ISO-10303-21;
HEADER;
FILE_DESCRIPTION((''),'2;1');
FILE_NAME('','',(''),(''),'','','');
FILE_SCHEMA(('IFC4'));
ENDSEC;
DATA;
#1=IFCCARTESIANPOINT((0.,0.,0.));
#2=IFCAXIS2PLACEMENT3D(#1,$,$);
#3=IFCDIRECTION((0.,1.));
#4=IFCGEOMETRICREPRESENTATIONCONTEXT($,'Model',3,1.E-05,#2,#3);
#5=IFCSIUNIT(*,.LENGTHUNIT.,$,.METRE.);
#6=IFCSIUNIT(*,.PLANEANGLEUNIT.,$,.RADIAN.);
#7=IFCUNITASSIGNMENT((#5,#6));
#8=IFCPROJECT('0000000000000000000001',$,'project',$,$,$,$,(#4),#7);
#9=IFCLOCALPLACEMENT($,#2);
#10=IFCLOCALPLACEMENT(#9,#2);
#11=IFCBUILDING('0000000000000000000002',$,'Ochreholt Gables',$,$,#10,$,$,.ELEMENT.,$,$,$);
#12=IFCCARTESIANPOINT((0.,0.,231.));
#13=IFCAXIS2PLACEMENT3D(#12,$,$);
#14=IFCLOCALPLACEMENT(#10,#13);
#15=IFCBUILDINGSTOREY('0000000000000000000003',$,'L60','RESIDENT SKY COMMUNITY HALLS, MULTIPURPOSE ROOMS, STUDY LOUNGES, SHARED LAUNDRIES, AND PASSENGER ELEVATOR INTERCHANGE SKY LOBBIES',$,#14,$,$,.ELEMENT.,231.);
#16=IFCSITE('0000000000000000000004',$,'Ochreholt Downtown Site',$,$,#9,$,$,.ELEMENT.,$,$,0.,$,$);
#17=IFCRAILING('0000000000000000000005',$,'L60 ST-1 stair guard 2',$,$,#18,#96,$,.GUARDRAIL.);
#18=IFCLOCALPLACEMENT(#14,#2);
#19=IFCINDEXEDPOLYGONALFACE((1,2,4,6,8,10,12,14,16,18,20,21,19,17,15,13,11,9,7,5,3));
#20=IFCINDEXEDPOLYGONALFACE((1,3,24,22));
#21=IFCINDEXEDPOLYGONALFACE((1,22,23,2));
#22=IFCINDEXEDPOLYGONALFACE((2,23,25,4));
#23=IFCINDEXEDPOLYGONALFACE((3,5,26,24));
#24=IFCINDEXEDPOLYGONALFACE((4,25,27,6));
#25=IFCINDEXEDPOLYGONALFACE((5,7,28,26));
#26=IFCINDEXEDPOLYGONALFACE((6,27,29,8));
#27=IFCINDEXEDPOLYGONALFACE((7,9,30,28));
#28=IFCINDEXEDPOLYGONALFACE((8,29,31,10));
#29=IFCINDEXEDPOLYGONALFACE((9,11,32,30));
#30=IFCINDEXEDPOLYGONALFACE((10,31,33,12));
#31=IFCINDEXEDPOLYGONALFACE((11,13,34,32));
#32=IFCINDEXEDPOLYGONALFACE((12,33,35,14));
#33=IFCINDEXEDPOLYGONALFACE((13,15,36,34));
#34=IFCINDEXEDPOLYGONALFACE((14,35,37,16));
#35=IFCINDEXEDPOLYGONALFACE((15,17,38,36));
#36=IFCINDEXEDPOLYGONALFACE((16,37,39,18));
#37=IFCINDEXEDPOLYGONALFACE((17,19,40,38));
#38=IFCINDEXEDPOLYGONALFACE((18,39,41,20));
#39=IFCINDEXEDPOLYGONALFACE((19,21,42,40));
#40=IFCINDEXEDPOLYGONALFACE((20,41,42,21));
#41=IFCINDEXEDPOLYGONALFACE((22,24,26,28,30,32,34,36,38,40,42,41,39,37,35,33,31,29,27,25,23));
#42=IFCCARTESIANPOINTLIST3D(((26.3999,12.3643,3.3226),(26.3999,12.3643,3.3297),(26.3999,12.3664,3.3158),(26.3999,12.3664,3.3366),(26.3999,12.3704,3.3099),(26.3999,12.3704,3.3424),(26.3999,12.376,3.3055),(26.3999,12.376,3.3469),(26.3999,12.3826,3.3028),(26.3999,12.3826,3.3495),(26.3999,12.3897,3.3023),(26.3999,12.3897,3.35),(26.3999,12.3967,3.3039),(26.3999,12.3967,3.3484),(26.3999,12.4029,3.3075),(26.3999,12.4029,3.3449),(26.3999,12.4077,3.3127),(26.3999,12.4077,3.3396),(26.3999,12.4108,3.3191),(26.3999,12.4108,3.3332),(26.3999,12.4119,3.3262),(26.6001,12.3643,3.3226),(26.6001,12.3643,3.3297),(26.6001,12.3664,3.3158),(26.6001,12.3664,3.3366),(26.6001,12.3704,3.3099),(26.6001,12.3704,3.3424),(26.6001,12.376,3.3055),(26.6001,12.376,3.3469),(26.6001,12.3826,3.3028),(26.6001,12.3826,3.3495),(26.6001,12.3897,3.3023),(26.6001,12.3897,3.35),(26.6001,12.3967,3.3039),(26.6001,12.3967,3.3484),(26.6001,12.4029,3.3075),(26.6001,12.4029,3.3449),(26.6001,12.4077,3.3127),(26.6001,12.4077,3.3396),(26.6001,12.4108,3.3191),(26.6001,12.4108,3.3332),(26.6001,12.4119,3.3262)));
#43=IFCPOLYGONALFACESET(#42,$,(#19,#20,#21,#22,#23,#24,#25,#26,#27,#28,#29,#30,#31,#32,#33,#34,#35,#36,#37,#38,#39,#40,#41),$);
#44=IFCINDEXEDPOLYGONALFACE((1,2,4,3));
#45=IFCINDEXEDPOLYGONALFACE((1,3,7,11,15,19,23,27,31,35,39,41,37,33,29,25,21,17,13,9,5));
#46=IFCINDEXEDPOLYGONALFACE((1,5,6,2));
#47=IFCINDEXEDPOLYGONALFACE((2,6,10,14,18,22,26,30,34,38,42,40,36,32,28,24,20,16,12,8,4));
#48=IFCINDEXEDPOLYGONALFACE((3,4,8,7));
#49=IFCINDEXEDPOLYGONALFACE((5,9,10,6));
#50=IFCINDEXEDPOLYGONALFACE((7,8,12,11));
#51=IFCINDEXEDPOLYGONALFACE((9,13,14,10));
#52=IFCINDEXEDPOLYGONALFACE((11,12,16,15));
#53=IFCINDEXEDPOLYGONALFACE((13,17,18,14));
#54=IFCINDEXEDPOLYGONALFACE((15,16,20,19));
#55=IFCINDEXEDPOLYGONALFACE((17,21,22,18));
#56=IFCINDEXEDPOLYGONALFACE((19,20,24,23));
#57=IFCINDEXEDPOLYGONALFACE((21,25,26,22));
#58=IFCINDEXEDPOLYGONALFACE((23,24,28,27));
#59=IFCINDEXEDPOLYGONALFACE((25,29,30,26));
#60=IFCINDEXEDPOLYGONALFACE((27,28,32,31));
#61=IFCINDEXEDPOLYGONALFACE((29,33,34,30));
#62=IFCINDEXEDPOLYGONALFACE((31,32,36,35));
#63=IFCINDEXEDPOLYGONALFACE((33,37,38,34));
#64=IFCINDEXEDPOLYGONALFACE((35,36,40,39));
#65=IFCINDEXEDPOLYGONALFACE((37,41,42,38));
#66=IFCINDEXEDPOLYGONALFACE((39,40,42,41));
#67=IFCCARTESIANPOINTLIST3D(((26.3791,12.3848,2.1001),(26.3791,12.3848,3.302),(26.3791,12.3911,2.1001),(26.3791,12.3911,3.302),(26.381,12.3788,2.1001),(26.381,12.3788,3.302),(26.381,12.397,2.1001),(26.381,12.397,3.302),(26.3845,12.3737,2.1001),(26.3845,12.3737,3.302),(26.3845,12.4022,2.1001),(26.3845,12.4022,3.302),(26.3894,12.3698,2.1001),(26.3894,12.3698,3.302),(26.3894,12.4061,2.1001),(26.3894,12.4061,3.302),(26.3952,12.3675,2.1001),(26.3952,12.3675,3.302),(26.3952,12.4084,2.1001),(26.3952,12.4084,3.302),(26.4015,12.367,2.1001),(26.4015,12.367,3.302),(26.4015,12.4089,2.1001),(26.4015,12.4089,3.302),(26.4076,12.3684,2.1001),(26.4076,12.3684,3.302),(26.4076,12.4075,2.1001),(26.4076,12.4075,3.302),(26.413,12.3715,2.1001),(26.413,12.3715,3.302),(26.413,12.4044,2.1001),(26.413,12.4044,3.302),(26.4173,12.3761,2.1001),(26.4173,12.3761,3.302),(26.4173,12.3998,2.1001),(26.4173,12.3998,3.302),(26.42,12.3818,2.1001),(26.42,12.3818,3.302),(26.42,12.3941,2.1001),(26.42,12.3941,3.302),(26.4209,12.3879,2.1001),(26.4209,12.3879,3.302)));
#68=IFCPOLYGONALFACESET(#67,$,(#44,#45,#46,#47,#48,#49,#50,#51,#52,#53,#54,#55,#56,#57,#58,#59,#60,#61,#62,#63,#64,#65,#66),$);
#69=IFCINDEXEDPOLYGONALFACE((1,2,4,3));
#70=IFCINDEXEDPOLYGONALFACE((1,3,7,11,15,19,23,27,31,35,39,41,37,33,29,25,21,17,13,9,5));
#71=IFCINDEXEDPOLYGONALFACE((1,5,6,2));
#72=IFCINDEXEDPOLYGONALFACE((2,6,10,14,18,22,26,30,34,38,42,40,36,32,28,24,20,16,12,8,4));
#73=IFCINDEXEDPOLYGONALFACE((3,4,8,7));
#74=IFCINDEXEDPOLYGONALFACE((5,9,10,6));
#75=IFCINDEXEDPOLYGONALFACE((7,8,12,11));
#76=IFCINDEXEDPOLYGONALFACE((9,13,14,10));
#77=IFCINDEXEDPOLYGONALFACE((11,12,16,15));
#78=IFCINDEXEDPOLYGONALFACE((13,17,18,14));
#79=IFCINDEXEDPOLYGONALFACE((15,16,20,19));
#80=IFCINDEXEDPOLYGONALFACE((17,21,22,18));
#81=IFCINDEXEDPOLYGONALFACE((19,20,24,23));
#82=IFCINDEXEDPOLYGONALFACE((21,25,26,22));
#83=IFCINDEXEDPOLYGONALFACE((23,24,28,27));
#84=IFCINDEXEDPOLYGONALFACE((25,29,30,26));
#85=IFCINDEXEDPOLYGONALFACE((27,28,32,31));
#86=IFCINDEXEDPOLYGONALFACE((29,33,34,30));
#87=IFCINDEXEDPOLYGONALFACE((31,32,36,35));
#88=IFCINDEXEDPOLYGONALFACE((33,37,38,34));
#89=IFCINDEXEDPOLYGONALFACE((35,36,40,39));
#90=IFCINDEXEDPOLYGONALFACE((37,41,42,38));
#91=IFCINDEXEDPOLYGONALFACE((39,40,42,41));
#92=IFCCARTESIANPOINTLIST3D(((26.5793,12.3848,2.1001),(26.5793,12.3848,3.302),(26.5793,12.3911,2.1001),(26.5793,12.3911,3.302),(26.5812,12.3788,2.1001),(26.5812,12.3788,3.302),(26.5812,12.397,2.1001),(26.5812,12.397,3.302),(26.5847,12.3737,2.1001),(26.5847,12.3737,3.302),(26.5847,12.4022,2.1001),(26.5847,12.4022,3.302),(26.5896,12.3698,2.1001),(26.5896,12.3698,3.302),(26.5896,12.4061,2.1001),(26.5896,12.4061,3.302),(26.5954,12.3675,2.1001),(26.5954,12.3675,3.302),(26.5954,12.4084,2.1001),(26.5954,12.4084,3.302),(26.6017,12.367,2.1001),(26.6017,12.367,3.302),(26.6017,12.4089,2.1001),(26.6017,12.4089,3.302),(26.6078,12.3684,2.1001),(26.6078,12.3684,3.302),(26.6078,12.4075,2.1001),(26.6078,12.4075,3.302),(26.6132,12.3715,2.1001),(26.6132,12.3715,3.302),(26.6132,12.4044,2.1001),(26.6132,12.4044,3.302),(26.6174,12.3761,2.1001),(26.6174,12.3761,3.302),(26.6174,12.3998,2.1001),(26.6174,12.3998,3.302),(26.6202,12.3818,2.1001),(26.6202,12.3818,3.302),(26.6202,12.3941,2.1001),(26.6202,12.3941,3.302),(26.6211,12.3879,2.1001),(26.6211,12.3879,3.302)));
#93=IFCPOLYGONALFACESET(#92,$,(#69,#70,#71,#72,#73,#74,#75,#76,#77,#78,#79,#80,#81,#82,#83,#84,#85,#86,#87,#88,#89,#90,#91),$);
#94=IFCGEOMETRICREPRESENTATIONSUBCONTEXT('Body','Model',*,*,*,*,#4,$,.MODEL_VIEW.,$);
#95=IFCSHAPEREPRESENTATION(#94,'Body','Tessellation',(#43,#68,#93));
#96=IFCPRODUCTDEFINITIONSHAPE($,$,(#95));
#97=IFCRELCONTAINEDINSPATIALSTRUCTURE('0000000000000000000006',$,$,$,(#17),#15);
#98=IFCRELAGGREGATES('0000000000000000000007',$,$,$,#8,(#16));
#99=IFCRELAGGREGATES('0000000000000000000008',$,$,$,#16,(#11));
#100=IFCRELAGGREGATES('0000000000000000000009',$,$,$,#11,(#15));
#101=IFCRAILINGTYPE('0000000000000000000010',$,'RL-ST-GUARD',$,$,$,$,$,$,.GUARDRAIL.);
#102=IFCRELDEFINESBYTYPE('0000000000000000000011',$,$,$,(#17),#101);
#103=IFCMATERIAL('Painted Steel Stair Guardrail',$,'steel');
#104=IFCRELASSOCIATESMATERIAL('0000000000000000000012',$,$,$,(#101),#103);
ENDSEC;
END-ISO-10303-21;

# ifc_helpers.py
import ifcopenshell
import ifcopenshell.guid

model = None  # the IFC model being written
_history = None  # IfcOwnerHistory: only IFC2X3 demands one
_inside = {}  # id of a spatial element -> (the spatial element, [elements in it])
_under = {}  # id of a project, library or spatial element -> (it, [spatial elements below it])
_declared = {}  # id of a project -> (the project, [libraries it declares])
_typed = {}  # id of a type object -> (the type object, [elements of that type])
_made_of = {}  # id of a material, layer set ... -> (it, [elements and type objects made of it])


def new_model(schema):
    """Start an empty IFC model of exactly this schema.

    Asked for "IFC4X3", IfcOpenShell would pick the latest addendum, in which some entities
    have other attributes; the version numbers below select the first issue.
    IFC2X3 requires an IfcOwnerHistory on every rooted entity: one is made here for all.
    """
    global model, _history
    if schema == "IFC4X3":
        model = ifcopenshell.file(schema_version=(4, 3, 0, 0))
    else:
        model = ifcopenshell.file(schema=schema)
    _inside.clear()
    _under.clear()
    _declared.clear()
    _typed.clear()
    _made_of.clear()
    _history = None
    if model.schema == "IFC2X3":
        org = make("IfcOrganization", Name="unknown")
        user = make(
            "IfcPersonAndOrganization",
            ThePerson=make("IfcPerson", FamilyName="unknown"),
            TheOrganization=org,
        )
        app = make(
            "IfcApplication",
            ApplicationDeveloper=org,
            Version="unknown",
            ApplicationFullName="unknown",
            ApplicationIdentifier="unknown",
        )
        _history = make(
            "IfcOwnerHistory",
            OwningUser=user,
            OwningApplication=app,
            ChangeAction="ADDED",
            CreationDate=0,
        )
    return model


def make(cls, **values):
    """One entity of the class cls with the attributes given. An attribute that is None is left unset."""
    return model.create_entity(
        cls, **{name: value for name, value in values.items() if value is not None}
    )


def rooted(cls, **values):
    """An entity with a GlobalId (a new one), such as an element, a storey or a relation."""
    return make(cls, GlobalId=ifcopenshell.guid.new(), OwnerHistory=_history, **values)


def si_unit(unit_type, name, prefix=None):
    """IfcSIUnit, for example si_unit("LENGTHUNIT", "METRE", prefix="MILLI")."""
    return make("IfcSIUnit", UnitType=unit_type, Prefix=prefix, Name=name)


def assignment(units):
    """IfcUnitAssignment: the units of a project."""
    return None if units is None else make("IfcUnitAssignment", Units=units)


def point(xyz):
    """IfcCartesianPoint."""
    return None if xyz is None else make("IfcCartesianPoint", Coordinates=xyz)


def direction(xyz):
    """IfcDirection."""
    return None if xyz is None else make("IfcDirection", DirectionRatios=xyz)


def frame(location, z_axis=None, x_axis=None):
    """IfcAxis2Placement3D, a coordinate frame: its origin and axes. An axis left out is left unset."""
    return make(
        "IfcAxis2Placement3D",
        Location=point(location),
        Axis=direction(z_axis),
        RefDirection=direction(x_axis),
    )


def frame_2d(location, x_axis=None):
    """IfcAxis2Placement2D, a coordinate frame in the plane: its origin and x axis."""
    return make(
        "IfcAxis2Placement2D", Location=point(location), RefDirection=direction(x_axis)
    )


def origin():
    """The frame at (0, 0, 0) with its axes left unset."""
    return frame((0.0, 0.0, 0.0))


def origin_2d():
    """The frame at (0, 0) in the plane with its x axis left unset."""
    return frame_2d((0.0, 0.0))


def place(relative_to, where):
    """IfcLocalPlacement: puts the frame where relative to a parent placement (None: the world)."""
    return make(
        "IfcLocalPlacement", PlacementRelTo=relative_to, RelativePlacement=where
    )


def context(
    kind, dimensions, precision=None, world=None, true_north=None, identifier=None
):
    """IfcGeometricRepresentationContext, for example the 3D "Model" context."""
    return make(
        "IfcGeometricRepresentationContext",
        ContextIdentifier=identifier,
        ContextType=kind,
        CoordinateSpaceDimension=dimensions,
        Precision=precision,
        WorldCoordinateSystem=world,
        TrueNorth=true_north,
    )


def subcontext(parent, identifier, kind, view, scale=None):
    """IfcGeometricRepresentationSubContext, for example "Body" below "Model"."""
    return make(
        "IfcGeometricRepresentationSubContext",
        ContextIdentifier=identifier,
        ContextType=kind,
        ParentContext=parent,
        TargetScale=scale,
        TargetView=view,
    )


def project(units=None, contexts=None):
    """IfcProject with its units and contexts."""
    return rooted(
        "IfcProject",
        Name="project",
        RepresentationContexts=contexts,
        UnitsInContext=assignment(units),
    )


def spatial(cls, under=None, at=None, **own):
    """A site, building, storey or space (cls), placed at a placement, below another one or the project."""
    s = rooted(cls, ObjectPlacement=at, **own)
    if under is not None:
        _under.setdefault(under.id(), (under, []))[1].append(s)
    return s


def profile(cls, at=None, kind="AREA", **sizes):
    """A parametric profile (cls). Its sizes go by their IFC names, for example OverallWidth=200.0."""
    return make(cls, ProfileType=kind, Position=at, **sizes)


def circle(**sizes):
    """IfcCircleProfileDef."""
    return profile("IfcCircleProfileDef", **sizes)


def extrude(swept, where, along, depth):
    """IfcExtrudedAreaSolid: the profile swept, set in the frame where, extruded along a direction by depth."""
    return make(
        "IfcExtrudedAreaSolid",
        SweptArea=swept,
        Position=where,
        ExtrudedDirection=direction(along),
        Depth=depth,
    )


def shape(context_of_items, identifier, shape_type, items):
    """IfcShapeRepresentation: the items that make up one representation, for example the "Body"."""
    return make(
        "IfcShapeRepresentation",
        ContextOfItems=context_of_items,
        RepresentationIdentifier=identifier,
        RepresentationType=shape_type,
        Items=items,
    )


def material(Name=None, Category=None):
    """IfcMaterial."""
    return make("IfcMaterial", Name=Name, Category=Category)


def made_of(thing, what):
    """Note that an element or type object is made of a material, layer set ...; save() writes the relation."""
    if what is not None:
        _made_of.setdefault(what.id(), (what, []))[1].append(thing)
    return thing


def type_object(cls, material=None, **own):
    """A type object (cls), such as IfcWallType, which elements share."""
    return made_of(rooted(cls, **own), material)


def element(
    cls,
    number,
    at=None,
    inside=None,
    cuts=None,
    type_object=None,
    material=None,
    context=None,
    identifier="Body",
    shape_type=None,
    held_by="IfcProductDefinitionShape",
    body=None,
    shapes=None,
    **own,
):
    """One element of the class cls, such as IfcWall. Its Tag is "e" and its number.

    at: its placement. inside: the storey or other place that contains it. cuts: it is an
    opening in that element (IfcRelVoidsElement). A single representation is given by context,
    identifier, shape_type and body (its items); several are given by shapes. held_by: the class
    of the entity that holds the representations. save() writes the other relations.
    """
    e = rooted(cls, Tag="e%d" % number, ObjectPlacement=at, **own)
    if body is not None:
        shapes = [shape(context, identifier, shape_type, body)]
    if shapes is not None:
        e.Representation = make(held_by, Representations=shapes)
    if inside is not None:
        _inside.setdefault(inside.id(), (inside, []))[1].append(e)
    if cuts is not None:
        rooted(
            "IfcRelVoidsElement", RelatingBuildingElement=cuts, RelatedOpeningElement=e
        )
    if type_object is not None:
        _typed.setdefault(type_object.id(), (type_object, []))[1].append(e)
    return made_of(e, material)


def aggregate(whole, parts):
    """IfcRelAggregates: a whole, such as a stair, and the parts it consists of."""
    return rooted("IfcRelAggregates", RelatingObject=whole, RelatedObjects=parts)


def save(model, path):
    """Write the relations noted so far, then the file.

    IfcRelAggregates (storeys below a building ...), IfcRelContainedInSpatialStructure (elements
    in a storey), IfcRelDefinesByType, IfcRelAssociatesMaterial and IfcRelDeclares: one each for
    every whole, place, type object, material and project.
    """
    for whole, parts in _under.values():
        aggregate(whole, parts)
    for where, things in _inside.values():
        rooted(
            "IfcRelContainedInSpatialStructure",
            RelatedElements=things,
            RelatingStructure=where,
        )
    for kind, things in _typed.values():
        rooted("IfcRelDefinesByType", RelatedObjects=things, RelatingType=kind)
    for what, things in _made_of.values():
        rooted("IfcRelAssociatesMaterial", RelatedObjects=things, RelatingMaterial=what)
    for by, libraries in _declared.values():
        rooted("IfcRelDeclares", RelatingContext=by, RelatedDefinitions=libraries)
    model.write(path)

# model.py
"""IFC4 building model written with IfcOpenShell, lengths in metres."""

from ifc_helpers import new_model, si_unit, direction, frame, origin, origin_2d, place, context, subcontext, project, spatial, circle, extrude, material, type_object, element, save


model = new_model("IFC4")

# Units and contexts
model_context = context("Model", 3, precision=1e-05, world=origin(), true_north=direction((0.0, 1.0)))
body_context = subcontext(model_context, "Body", "Model", "MODEL_VIEW")
ifc_project = project(units=[si_unit("LENGTHUNIT", "METRE"), si_unit("PLANEANGLEUNIT", "RADIAN")], contexts=[model_context])

# Site, building, storey
site_placement = place(None, origin())
site = spatial("IfcSite", under=ifc_project, at=site_placement, Name="Ochreholt Downtown Site", CompositionType="ELEMENT", RefElevation=0.0)
building_placement = place(site_placement, origin())
building = spatial("IfcBuilding", under=site, at=building_placement, Name="Ochreholt Gables", CompositionType="ELEMENT")
storey_placement = place(building_placement, frame((0.0, 0.0, 231.0)))
storey = spatial("IfcBuildingStorey", under=building, at=storey_placement, Name="L60", Description="RESIDENT SKY COMMUNITY HALLS, MULTIPURPOSE ROOMS, STUDY LOUNGES, SHARED LAUNDRIES, AND PASSENGER ELEVATOR INTERCHANGE SKY LOBBIES", CompositionType="ELEMENT", Elevation=231.0)

# Railing
ifc_material_1 = material(Name="Painted Steel Stair Guardrail", Category="steel")
railing_type_1 = type_object("IfcRailingType", Name="RL-ST-GUARD", PredefinedType="GUARDRAIL", material=ifc_material_1)
railing_1_placement = place(storey_placement, frame((26.3999, 12.3879, 2.1001)))
element("IfcRailing", 1, at=railing_1_placement, inside=storey, type_object=railing_type_1, Name="L60 ST-1 stair guard 2", PredefinedType="GUARDRAIL", context=body_context, shape_type="SweptSolid", body=[
    extrude(circle(Radius=0.0239, at=origin_2d()), frame((0.0, 0.0, 1.2261), z_axis=(1.0, 0.0, 0.0), x_axis=(0.0, 1.0, 0.0)), (0.0, 0.0, 1.0), 0.2002),
    extrude(circle(Radius=0.021, at=origin_2d()), origin(), (0.0, 0.0, 1.0), 1.2019),
    extrude(circle(Radius=0.021, at=origin_2d()), frame((0.2002, 0.0, 0.0)), (0.0, 0.0, 1.0), 1.2019),
])

save(model, "model.ifc")
